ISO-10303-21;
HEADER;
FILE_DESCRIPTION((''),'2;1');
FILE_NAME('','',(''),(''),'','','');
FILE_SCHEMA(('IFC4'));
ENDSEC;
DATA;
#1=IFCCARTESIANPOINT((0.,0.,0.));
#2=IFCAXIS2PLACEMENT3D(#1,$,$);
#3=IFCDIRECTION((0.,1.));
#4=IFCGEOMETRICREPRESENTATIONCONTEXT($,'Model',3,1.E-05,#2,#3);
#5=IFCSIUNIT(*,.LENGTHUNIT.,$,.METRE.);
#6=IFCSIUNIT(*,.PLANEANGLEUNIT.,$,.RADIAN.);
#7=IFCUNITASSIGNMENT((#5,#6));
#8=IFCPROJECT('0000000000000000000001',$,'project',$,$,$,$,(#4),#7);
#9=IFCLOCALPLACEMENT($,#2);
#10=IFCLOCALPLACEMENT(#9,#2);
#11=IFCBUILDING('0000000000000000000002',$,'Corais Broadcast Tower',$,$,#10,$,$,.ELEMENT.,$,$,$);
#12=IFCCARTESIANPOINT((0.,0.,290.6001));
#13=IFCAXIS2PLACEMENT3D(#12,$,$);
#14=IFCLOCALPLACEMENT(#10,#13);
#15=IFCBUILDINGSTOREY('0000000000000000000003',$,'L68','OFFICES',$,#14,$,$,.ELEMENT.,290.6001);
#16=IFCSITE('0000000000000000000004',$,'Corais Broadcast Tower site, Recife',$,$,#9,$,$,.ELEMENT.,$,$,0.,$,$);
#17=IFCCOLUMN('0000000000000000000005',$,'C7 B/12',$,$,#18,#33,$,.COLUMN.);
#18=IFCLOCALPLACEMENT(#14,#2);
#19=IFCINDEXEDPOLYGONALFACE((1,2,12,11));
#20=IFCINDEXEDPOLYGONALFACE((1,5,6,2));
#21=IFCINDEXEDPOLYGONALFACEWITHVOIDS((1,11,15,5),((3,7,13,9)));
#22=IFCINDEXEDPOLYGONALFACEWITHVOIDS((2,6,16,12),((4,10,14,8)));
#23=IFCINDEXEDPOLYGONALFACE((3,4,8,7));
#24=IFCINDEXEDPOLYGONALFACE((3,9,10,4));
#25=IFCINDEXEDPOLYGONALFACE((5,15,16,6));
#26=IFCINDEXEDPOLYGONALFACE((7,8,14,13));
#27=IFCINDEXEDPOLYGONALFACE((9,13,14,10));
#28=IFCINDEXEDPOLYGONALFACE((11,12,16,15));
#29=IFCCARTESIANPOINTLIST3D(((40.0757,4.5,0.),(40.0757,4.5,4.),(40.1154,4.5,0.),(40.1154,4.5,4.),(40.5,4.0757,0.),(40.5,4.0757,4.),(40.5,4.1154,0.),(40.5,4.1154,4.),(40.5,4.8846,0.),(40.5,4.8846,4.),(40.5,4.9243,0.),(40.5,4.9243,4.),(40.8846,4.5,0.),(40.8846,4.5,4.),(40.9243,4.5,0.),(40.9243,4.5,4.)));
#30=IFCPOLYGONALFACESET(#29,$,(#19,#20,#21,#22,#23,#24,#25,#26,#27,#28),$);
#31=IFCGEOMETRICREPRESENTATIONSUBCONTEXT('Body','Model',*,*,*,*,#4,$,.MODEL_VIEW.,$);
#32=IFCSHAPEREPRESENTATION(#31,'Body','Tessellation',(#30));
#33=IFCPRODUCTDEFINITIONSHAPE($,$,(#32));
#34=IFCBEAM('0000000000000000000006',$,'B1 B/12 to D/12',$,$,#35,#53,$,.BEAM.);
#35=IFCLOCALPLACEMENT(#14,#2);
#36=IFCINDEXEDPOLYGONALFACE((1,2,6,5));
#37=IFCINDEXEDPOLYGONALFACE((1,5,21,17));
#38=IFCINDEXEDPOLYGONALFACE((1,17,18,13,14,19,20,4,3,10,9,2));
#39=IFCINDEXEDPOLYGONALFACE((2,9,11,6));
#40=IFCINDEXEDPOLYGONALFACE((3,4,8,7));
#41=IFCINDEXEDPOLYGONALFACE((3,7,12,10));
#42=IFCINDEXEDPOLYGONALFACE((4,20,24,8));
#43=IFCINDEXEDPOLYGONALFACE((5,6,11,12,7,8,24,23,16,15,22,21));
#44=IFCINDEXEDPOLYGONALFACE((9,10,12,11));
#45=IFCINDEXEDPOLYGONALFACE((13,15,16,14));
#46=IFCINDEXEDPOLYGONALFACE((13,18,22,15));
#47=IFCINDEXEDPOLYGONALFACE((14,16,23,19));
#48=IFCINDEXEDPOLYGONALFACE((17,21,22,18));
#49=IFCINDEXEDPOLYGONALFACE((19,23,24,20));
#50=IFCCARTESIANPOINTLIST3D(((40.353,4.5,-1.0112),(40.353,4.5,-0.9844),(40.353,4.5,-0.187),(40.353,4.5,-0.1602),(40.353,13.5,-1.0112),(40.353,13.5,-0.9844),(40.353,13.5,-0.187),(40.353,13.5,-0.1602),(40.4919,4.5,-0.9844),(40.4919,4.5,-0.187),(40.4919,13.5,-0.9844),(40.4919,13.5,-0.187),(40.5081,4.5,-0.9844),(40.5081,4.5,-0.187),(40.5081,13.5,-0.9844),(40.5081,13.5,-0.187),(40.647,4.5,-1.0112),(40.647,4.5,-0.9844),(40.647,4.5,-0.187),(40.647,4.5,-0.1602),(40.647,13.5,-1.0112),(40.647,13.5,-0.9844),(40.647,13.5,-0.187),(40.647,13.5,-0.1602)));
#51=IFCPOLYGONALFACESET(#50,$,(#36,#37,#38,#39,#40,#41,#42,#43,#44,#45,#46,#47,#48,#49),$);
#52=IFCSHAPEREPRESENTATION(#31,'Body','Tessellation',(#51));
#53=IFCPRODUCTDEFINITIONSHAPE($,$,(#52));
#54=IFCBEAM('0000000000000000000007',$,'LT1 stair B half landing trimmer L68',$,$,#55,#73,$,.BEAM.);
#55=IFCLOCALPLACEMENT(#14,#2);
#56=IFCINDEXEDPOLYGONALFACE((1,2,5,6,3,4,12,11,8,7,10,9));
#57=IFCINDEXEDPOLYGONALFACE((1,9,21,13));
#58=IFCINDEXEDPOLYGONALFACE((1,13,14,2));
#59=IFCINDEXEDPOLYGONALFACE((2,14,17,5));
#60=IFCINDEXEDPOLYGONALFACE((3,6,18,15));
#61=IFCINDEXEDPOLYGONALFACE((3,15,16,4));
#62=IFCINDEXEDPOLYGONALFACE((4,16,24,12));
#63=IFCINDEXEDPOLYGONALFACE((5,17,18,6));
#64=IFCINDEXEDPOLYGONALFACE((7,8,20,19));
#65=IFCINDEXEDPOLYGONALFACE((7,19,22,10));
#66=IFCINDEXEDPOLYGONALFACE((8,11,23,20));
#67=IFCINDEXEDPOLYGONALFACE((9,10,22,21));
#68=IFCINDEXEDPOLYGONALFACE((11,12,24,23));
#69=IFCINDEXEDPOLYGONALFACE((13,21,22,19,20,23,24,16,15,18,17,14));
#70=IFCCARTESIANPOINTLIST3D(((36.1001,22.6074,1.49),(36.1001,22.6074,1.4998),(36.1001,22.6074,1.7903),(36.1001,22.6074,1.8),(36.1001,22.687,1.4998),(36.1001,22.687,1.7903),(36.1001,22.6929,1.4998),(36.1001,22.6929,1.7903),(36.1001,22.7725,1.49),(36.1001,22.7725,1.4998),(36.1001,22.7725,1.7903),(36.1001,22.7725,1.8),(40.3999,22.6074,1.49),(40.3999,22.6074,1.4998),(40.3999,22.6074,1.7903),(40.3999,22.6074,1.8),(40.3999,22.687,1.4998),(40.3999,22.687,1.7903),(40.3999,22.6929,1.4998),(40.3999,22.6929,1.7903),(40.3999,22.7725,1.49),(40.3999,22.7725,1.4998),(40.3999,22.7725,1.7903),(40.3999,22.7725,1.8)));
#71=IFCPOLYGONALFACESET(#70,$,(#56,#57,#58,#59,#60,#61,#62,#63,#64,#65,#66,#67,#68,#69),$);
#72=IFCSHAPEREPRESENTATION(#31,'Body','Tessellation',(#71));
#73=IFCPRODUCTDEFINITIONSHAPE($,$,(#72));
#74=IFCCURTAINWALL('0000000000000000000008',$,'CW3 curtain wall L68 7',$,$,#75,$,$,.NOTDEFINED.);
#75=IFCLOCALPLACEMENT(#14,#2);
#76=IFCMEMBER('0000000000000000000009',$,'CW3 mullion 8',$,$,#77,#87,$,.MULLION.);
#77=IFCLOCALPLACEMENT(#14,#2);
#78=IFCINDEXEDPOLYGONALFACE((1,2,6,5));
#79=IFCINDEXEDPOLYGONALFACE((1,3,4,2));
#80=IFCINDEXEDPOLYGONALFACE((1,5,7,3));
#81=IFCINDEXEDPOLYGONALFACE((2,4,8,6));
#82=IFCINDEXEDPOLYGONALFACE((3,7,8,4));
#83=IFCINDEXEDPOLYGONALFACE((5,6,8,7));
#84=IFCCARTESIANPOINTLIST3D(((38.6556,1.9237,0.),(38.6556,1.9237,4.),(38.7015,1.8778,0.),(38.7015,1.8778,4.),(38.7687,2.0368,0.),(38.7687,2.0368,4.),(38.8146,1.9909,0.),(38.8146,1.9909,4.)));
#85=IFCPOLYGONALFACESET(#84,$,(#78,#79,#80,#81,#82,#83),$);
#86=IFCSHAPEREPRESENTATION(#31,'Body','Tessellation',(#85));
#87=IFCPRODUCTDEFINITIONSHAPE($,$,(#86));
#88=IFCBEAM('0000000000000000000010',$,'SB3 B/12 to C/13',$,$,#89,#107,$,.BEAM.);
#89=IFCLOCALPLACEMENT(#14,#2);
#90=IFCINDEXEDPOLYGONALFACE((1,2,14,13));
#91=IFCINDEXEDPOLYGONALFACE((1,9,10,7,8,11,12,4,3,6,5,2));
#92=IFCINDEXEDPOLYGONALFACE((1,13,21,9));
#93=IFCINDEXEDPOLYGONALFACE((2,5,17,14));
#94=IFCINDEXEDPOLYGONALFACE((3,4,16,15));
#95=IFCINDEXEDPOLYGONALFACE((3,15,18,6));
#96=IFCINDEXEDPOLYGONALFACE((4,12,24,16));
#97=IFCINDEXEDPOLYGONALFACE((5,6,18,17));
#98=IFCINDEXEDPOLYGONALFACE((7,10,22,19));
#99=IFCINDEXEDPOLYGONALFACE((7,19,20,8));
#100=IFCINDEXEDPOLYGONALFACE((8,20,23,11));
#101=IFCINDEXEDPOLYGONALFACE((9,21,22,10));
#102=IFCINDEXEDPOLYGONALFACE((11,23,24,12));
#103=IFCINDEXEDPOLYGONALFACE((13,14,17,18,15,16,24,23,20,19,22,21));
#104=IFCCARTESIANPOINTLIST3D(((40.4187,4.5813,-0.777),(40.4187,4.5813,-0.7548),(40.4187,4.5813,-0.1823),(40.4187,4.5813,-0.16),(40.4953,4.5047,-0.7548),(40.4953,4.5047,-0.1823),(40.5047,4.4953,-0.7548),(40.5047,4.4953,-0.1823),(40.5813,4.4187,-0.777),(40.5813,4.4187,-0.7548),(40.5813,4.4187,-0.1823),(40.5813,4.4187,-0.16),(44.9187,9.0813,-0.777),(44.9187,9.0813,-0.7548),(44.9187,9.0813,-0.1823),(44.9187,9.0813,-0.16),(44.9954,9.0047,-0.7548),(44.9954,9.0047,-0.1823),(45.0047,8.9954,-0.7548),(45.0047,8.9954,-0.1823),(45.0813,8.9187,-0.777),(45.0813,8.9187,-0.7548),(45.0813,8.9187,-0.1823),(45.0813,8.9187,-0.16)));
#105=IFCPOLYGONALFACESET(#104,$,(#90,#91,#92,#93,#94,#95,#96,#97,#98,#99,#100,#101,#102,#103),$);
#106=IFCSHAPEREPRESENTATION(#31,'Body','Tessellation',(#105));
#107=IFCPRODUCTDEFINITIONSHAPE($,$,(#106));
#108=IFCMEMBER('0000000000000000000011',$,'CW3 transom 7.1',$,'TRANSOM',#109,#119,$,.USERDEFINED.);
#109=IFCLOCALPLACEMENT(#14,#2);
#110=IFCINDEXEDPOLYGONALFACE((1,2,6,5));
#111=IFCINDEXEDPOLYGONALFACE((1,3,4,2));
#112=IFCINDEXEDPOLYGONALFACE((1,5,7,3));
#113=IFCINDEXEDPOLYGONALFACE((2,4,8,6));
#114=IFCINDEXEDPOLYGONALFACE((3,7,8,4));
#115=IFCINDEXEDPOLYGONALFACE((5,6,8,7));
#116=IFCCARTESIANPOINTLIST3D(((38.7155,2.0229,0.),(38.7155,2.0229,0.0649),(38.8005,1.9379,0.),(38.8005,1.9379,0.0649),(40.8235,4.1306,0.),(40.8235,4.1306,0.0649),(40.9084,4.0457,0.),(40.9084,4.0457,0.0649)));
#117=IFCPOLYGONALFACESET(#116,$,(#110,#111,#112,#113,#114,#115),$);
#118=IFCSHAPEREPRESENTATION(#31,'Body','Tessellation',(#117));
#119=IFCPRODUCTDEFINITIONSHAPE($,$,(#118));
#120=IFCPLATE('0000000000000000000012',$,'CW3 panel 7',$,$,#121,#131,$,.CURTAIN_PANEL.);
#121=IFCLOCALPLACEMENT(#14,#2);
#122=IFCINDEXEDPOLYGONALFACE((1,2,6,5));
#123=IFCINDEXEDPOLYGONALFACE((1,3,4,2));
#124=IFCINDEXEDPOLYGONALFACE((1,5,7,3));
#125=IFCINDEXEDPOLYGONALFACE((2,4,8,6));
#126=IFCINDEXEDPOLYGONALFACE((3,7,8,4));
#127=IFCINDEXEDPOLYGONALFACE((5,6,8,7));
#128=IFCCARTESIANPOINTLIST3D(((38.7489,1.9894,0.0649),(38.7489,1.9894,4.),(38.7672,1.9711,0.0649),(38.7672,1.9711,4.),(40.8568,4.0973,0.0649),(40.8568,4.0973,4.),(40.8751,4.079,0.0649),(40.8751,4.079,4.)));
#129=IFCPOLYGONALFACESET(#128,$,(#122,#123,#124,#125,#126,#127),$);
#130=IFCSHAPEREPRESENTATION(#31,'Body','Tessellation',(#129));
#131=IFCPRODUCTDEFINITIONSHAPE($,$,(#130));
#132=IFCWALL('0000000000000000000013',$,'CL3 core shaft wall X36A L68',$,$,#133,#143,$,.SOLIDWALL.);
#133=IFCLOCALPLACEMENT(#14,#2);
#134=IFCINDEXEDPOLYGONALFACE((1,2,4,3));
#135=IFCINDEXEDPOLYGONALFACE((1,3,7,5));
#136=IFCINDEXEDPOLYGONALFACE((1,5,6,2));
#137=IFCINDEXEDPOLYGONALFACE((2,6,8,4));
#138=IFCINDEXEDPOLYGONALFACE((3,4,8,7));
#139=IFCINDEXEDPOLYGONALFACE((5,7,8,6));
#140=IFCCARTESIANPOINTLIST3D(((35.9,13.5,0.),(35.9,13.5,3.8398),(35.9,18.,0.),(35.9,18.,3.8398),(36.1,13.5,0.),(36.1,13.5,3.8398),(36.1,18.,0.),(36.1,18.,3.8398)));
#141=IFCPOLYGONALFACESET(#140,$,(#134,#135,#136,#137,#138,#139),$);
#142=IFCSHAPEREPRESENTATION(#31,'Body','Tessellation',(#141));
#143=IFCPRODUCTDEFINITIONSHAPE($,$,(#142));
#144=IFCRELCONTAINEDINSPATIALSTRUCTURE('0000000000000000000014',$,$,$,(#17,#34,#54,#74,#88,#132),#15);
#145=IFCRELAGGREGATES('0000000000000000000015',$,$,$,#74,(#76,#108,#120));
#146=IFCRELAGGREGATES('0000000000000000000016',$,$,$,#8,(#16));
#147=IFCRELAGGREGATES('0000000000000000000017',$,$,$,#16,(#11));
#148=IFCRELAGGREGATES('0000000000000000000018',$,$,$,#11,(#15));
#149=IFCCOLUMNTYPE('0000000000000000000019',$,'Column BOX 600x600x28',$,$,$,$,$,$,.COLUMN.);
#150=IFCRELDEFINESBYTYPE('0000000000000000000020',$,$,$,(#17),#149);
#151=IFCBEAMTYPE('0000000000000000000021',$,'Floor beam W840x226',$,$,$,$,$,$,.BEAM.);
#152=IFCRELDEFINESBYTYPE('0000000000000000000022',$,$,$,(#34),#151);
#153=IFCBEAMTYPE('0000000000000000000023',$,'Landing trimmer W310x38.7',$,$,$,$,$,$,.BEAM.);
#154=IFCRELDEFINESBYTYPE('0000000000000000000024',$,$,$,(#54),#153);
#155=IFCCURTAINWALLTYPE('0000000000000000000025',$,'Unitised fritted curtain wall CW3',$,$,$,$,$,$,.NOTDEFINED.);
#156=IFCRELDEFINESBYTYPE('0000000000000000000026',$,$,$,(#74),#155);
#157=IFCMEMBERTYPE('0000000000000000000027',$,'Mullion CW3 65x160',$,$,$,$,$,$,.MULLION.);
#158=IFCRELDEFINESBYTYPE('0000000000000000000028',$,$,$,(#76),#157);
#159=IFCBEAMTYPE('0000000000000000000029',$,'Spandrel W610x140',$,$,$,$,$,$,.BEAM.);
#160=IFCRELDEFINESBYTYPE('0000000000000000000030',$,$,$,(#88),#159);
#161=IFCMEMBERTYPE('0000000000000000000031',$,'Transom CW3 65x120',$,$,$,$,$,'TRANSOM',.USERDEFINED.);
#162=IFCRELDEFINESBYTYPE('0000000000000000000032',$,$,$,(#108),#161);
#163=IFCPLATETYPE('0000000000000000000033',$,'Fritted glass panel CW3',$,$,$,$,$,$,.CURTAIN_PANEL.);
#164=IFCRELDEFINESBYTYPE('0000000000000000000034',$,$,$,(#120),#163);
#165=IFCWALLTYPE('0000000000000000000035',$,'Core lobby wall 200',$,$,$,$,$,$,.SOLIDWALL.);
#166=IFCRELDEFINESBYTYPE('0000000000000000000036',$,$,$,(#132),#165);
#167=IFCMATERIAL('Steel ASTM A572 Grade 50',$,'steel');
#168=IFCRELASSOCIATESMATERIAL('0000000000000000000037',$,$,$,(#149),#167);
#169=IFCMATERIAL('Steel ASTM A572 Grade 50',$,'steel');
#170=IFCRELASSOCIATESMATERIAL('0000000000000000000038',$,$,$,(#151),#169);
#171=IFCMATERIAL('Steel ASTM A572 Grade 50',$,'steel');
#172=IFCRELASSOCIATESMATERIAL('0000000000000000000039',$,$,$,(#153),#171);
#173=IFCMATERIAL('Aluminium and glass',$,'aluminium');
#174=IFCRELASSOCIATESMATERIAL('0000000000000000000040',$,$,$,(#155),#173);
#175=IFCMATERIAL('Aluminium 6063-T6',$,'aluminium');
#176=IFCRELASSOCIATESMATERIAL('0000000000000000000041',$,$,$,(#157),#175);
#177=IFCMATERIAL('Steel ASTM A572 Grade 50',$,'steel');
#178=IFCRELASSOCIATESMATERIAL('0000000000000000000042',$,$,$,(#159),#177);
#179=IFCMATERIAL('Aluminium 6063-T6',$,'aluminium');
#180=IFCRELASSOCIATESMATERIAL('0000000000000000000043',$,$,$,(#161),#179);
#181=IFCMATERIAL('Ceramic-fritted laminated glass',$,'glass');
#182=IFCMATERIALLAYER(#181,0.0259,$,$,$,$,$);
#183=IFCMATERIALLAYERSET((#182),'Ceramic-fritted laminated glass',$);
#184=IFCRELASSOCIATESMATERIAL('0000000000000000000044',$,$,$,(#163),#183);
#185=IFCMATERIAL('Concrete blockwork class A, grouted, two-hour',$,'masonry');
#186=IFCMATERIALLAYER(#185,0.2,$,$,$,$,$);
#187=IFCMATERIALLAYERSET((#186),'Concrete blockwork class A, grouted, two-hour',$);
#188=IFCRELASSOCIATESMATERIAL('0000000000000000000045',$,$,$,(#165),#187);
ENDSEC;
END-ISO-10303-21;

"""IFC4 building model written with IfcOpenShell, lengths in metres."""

from ifc_helpers import new_model, si_unit, direction, frame, frame_2d, origin, origin_2d, place, context, subcontext, project, spatial, rectangle, hollow_rectangle, i_section, extrude, material, layer, layer_set, material_profile, profile_set, type_object, element, aggregate, save


model = new_model("IFC4")

# Units and contexts
model_context = context("Model", 3, precision=1e-05, world=origin(), true_north=direction((0.0, 1.0)))
body_context = subcontext(model_context, "Body", "Model", "MODEL_VIEW")
ifc_project = project(units=[si_unit("LENGTHUNIT", "METRE"), si_unit("PLANEANGLEUNIT", "RADIAN")], contexts=[model_context])

# Site, building, storey
site_placement = place(None, origin())
site = spatial("IfcSite", under=ifc_project, at=site_placement, Name="Corais Broadcast Tower site, Recife", CompositionType="ELEMENT", RefElevation=0.0)
building_placement = place(site_placement, origin())
building = spatial("IfcBuilding", under=site, at=building_placement, Name="Corais Broadcast Tower", CompositionType="ELEMENT")
storey_placement = place(building_placement, frame((0.0, 0.0, 290.6001)))
storey = spatial("IfcBuildingStorey", under=building, at=storey_placement, Name="L68", Description="OFFICES", CompositionType="ELEMENT", Elevation=290.6001)

# Column
ifc_material_1 = material(Name="Steel ASTM A572 Grade 50", Category="steel")
ifc_material_profile_1 = material_profile(ifc_material_1, hollow_rectangle(XDim=0.6001, YDim=0.6001, WallThickness=0.0281, at=origin_2d()), Name="BOX 600x600x28")
ifc_profile_set_1 = profile_set([ifc_material_profile_1], Name="Steel ASTM A572 Grade 50")
column_type = type_object("IfcColumnType", Name="Column BOX 600x600x28", PredefinedType="COLUMN", material=ifc_profile_set_1)
column_placement = place(storey_placement, frame((40.5, 4.5, 0.0), z_axis=(0.0, 0.0, 1.0), x_axis=(0.707107, 0.707107, 0.0)))
element("IfcColumn", 1, at=column_placement, inside=storey, type_object=column_type, Name="C7 B/12", PredefinedType="COLUMN", context=body_context, shape_type="SweptSolid", body=[
    extrude(hollow_rectangle(XDim=0.6001, YDim=0.6001, WallThickness=0.0281, at=origin_2d()), origin(), (0.0, 0.0, 1.0), 4.0),
])

# Beams
ifc_material_2 = material(Name="Steel ASTM A572 Grade 50", Category="steel")
ifc_material_profile_2 = material_profile(ifc_material_2, i_section(OverallWidth=0.2939, OverallDepth=0.8511, WebThickness=0.0161, FlangeThickness=0.0269, at=origin_2d()), Name="W840x226")
ifc_profile_set_2 = profile_set([ifc_material_profile_2], Name="Steel ASTM A572 Grade 50")
beam_type_1 = type_object("IfcBeamType", Name="Floor beam W840x226", PredefinedType="BEAM", material=ifc_profile_set_2)
beam_1_placement = place(storey_placement, frame((40.5, 4.5, -0.5857), z_axis=(0.0, 1.0, 0.0), x_axis=(-1.0, 0.0, 0.0)))
element("IfcBeam", 2, at=beam_1_placement, inside=storey, type_object=beam_type_1, Name="B1 B/12 to D/12", PredefinedType="BEAM", context=body_context, shape_type="SweptSolid", body=[
    extrude(i_section(OverallWidth=0.2939, OverallDepth=0.8511, WebThickness=0.0161, FlangeThickness=0.0269, at=origin_2d()), origin(), (0.0, 0.0, 1.0), 9.0),
])
ifc_material_3 = material(Name="Steel ASTM A572 Grade 50", Category="steel")
ifc_material_profile_3 = material_profile(ifc_material_3, i_section(OverallWidth=0.165, OverallDepth=0.3101, WebThickness=0.0059, FlangeThickness=0.0098, at=origin_2d()), Name="W310x38.7")
ifc_profile_set_3 = profile_set([ifc_material_profile_3], Name="Steel ASTM A572 Grade 50")
beam_type_2 = type_object("IfcBeamType", Name="Landing trimmer W310x38.7", PredefinedType="BEAM", material=ifc_profile_set_3)
beam_2_placement = place(storey_placement, frame((36.1001, 22.6899, 1.645), z_axis=(1.0, 0.0, 0.0), x_axis=(0.0, 1.0, 0.0)))
element("IfcBeam", 3, at=beam_2_placement, inside=storey, type_object=beam_type_2, Name="LT1 stair B half landing trimmer L68", PredefinedType="BEAM", context=body_context, shape_type="SweptSolid", body=[
    extrude(i_section(OverallWidth=0.165, OverallDepth=0.3101, WebThickness=0.0059, FlangeThickness=0.0098, at=origin_2d()), origin(), (0.0, 0.0, 1.0), 4.2998),
])

# Curtain wall, member
ifc_material_4 = material(Name="Aluminium and glass", Category="aluminium")
curtain_wall_type = type_object("IfcCurtainWallType", Name="Unitised fritted curtain wall CW3", PredefinedType="NOTDEFINED", material=ifc_material_4)
curtain_wall_placement = place(storey_placement, origin())
curtain_wall = element("IfcCurtainWall", 4, at=curtain_wall_placement, inside=storey, type_object=curtain_wall_type, Name="CW3 curtain wall L68 7", PredefinedType="NOTDEFINED")
ifc_material_5 = material(Name="Aluminium 6063-T6", Category="aluminium")
ifc_material_profile_4 = material_profile(ifc_material_5, rectangle(XDim=0.0649, YDim=0.1599, at=origin_2d()), Name="Mullion CW3 65x160")
ifc_profile_set_4 = profile_set([ifc_material_profile_4], Name="Aluminium 6063-T6")
member_type_1 = type_object("IfcMemberType", Name="Mullion CW3 65x160", PredefinedType="MULLION", material=ifc_profile_set_4)
member_1_placement = place(storey_placement, frame((38.7351, 1.9573, 0.0), z_axis=(0.0, 0.0, 1.0), x_axis=(0.707107, -0.707107, 0.0)))
member_1 = element("IfcMember", 5, at=member_1_placement, type_object=member_type_1, Name="CW3 mullion 8", PredefinedType="MULLION", context=body_context, shape_type="SweptSolid", body=[
    extrude(rectangle(XDim=0.0649, YDim=0.1599, at=origin_2d()), origin(), (0.0, 0.0, 1.0), 4.0),
])

# Beam
ifc_material_6 = material(Name="Steel ASTM A572 Grade 50", Category="steel")
ifc_material_profile_5 = material_profile(ifc_material_6, i_section(OverallWidth=0.23, OverallDepth=0.6169, WebThickness=0.0132, FlangeThickness=0.0222, at=origin_2d()), Name="W610x140")
ifc_profile_set_5 = profile_set([ifc_material_profile_5], Name="Steel ASTM A572 Grade 50")
beam_type_3 = type_object("IfcBeamType", Name="Spandrel W610x140", PredefinedType="BEAM", material=ifc_profile_set_5)
beam_3_placement = place(storey_placement, frame((40.5, 4.5, -0.4685), z_axis=(0.707107, 0.707107, 0.0), x_axis=(-0.707107, 0.707107, 0.0)))
element("IfcBeam", 6, at=beam_3_placement, inside=storey, type_object=beam_type_3, Name="SB3 B/12 to C/13", PredefinedType="BEAM", context=body_context, shape_type="SweptSolid", body=[
    extrude(i_section(OverallWidth=0.23, OverallDepth=0.6169, WebThickness=0.0132, FlangeThickness=0.0222, at=origin_2d()), origin(), (0.0, 0.0, 1.0), 6.364),
])

# Member
ifc_material_7 = material(Name="Aluminium 6063-T6", Category="aluminium")
ifc_material_profile_6 = material_profile(ifc_material_7, rectangle(XDim=0.1201, YDim=0.0649, at=origin_2d()), Name="Transom CW3 65x120")
ifc_profile_set_6 = profile_set([ifc_material_profile_6], Name="Aluminium 6063-T6")
member_type_2 = type_object("IfcMemberType", Name="Transom CW3 65x120", ElementType="TRANSOM", PredefinedType="USERDEFINED", material=ifc_profile_set_6)
member_2_placement = place(storey_placement, frame((40.866, 4.0881, 0.0325), z_axis=(-0.707148, -0.707066, 0.0), x_axis=(0.707066, -0.707148, 0.0)))
member_2 = element("IfcMember", 7, at=member_2_placement, type_object=member_type_2, Name="CW3 transom 7.1", ObjectType="TRANSOM", PredefinedType="USERDEFINED", context=body_context, shape_type="SweptSolid", body=[
    extrude(rectangle(XDim=0.1201, YDim=0.0649, at=origin_2d()), origin(), (0.0, 0.0, 1.0), 2.981),
])

# Plate
ifc_material_8 = material(Name="Ceramic-fritted laminated glass", Category="glass")
ifc_layer_1 = layer(ifc_material_8, 0.0259)
ifc_layer_set_1 = layer_set([ifc_layer_1], Name="Ceramic-fritted laminated glass")
plate_type = type_object("IfcPlateType", Name="Fritted glass panel CW3", PredefinedType="CURTAIN_PANEL", material=ifc_layer_set_1)
plate_placement = place(storey_placement, frame((39.812, 3.0342, 0.0649), z_axis=(0.0, 0.0, 1.0), x_axis=(-0.707107, -0.707107, 0.0)))
plate = element("IfcPlate", 8, at=plate_placement, type_object=plate_type, Name="CW3 panel 7", PredefinedType="CURTAIN_PANEL", context=body_context, shape_type="SweptSolid", body=[
    extrude(rectangle(XDim=2.981, YDim=0.0259, at=origin_2d()), origin(), (0.0, 0.0, 1.0), 3.9351),
])
aggregate(curtain_wall, [member_1, member_2, plate])

# Wall
ifc_material_9 = material(Name="Concrete blockwork class A, grouted, two-hour", Category="masonry")
ifc_layer_2 = layer(ifc_material_9, 0.2)
ifc_layer_set_2 = layer_set([ifc_layer_2], Name="Concrete blockwork class A, grouted, two-hour")
wall_type_1 = type_object("IfcWallType", Name="Core lobby wall 200", PredefinedType="SOLIDWALL", material=ifc_layer_set_2)
wall_1_placement = place(storey_placement, frame((36.0, 13.5, 0.0), z_axis=(0.0, 0.0, 1.0), x_axis=(0.0, 1.0, 0.0)))
element("IfcWall", 9, at=wall_1_placement, inside=storey, type_object=wall_type_1, Name="CL3 core shaft wall X36A L68", PredefinedType="SOLIDWALL", context=body_context, shape_type="SweptSolid", body=[
    extrude(rectangle(XDim=4.5, YDim=0.2, at=frame_2d((2.25, 0.0))), origin(), (0.0, 0.0, 1.0), 3.8398),
])

save(model, "model.ifc")
